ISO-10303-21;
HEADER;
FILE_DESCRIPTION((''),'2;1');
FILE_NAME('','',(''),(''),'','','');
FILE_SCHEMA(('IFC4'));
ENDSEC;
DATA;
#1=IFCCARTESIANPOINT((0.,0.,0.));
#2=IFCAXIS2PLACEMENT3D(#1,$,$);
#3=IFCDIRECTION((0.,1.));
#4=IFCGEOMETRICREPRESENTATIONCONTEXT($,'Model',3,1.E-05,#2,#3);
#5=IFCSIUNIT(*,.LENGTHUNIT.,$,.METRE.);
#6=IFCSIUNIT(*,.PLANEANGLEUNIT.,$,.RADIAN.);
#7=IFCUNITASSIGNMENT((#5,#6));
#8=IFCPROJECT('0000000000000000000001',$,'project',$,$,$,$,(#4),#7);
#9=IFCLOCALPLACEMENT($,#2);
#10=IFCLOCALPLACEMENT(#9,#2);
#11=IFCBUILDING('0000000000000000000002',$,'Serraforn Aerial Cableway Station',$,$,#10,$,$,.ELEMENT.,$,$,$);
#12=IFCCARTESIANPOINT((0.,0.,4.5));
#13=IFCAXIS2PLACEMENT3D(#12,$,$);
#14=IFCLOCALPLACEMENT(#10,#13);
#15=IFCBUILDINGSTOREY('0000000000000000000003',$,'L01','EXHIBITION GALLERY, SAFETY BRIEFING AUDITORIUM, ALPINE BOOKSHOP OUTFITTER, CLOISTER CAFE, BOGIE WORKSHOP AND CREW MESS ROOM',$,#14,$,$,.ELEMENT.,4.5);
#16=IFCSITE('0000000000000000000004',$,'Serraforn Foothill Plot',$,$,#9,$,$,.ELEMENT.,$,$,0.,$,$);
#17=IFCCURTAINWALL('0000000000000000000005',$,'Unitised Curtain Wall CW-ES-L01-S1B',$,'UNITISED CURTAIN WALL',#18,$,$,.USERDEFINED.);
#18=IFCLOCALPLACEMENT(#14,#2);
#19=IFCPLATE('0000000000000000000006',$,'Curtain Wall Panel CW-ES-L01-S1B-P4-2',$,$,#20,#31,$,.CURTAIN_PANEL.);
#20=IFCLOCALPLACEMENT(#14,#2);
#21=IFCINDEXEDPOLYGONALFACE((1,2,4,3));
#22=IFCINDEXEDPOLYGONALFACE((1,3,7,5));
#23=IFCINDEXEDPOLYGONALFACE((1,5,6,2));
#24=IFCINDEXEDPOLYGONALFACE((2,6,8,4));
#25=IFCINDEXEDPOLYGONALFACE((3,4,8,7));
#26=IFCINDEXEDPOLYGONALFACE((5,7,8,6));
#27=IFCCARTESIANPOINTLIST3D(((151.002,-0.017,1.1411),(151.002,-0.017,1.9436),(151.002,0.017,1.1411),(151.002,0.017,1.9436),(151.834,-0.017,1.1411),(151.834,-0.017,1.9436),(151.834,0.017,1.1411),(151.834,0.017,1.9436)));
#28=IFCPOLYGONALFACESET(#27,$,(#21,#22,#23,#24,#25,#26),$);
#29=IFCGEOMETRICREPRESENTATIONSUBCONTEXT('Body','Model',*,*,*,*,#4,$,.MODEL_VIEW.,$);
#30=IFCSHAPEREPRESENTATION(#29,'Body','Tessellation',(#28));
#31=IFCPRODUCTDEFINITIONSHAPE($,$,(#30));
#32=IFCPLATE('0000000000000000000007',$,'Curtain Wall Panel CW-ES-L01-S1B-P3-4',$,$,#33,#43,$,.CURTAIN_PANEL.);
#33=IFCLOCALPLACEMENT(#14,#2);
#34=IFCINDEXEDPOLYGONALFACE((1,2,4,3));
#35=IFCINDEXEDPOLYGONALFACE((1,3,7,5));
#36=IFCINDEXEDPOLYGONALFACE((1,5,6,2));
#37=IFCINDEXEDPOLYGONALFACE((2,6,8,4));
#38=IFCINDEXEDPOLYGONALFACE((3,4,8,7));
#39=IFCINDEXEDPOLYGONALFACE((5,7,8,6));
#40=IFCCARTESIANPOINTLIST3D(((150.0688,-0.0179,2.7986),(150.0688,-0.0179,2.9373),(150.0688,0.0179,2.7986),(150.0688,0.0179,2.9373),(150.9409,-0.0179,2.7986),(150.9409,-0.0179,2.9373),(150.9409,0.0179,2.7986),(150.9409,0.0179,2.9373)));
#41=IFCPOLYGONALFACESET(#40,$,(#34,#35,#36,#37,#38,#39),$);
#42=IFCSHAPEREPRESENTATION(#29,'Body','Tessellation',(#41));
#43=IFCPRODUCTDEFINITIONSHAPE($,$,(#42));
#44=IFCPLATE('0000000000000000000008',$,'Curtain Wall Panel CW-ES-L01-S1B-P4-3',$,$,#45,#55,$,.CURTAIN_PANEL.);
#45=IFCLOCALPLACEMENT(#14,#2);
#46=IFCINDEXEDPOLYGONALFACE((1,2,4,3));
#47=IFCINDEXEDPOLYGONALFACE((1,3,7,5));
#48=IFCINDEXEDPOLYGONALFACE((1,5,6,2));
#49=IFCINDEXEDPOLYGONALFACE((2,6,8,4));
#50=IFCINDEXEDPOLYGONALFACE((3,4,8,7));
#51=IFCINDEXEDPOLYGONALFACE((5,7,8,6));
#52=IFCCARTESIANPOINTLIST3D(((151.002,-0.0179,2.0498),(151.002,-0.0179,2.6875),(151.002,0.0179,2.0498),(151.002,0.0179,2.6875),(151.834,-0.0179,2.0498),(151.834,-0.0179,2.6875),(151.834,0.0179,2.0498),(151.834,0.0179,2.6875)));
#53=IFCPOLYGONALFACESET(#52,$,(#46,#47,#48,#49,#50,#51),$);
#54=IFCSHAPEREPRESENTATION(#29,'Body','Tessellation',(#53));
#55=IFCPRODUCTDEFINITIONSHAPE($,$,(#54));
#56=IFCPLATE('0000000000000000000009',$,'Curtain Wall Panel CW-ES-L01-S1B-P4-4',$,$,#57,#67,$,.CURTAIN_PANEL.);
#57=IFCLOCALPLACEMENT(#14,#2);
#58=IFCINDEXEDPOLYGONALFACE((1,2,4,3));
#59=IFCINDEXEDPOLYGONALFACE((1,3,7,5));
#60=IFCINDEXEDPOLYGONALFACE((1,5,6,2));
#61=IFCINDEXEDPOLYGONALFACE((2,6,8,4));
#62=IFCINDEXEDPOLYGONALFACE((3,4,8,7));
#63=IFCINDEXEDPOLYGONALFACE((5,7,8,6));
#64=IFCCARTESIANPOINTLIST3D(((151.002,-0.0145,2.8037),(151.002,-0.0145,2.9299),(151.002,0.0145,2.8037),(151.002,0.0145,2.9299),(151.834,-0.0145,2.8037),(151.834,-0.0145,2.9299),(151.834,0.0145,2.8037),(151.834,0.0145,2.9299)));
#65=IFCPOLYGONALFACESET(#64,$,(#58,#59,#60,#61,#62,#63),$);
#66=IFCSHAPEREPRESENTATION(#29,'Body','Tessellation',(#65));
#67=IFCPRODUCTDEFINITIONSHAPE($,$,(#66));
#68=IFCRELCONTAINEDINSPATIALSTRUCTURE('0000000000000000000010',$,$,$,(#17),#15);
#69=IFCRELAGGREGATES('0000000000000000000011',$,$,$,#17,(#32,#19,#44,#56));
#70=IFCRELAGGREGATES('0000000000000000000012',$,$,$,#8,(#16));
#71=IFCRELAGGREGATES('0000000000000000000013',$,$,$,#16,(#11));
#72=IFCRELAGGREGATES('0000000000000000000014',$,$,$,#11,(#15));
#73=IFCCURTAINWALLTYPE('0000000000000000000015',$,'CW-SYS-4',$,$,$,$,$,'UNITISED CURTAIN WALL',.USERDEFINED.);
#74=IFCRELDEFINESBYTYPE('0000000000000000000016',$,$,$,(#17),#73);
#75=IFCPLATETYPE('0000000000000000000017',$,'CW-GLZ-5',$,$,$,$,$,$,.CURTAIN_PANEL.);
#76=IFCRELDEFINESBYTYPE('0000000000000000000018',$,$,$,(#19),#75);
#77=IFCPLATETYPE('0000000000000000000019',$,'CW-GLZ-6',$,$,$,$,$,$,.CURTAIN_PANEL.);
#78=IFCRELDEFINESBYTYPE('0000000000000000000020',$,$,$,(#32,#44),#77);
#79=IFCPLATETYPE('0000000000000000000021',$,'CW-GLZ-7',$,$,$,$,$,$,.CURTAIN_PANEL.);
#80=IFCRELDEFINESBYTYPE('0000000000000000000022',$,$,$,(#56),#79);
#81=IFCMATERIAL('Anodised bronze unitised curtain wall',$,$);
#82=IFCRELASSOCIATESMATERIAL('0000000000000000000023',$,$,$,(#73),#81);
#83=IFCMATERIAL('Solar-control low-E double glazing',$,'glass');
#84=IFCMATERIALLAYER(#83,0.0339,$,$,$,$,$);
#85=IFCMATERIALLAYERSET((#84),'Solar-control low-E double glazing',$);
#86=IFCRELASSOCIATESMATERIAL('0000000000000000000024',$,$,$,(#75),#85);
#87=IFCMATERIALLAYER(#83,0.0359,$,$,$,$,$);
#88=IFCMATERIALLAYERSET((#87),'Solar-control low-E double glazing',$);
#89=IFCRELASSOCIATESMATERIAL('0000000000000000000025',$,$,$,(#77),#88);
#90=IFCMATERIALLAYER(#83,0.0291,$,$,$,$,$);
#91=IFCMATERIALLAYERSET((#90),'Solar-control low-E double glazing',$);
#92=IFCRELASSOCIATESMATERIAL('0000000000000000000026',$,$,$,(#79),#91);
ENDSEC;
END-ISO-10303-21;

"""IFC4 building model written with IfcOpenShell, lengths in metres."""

from ifc_helpers import new_model, si_unit, direction, frame, origin, origin_2d, place, context, subcontext, project, spatial, rectangle, extrude, material, layer, layer_set, type_object, element, aggregate, save


model = new_model("IFC4")

# Units and contexts
model_context = context("Model", 3, precision=1e-05, world=origin(), true_north=direction((0.0, 1.0)))
body_context = subcontext(model_context, "Body", "Model", "MODEL_VIEW")
ifc_project = project(units=[si_unit("LENGTHUNIT", "METRE"), si_unit("PLANEANGLEUNIT", "RADIAN")], contexts=[model_context])

# Site, building, storey
site_placement = place(None, origin())
site = spatial("IfcSite", under=ifc_project, at=site_placement, Name="Serraforn Foothill Plot", CompositionType="ELEMENT", RefElevation=0.0)
building_placement = place(site_placement, origin())
building = spatial("IfcBuilding", under=site, at=building_placement, Name="Serraforn Aerial Cableway Station", CompositionType="ELEMENT")
storey_placement = place(building_placement, frame((0.0, 0.0, 4.5)))
storey = spatial("IfcBuildingStorey", under=building, at=storey_placement, Name="L01", Description="EXHIBITION GALLERY, SAFETY BRIEFING AUDITORIUM, ALPINE BOOKSHOP OUTFITTER, CLOISTER CAFE, BOGIE WORKSHOP AND CREW MESS ROOM", CompositionType="ELEMENT", Elevation=4.5)

# Shared definitions
ifc_material_1 = material(Name="Anodised bronze unitised curtain wall")

# Curtain wall
curtain_wall_type_1 = type_object("IfcCurtainWallType", Name="CW-SYS-4", ElementType="UNITISED CURTAIN WALL", PredefinedType="USERDEFINED", material=ifc_material_1)
curtain_wall_1_placement = place(storey_placement, origin())
curtain_wall_1 = element("IfcCurtainWall", 1, at=curtain_wall_1_placement, inside=storey, type_object=curtain_wall_type_1, Name="Unitised Curtain Wall CW-ES-L01-S1B", ObjectType="UNITISED CURTAIN WALL", PredefinedType="USERDEFINED")

# Plates
ifc_material_2 = material(Name="Solar-control low-E double glazing", Category="glass")
ifc_layer_1 = layer(ifc_material_2, 0.0339)
ifc_layer_set_1 = layer_set([ifc_layer_1], Name="Solar-control low-E double glazing")
plate_type_1 = type_object("IfcPlateType", Name="CW-GLZ-5", PredefinedType="CURTAIN_PANEL", material=ifc_layer_set_1)
plate_1_placement = place(storey_placement, frame((151.418, 0.0, 1.1411), z_axis=(0.0, 0.0, 1.0), x_axis=(1.0, 0.0, 0.0)))
plate_1 = element("IfcPlate", 2, at=plate_1_placement, type_object=plate_type_1, Name="Curtain Wall Panel CW-ES-L01-S1B-P4-2", PredefinedType="CURTAIN_PANEL", context=body_context, shape_type="SweptSolid", body=[
    extrude(rectangle(XDim=0.832, YDim=0.0339, at=origin_2d()), origin(), (0.0, 0.0, 1.0), 0.8025),
])
ifc_layer_2 = layer(ifc_material_2, 0.0359)
ifc_layer_set_2 = layer_set([ifc_layer_2], Name="Solar-control low-E double glazing")
plate_type_2 = type_object("IfcPlateType", Name="CW-GLZ-6", PredefinedType="CURTAIN_PANEL", material=ifc_layer_set_2)
plate_2_placement = place(storey_placement, frame((150.5049, 0.0, 2.7986), z_axis=(0.0, 0.0, 1.0), x_axis=(1.0, 0.0, 0.0)))
plate_2 = element("IfcPlate", 3, at=plate_2_placement, type_object=plate_type_2, Name="Curtain Wall Panel CW-ES-L01-S1B-P3-4", PredefinedType="CURTAIN_PANEL", context=body_context, shape_type="SweptSolid", body=[
    extrude(rectangle(XDim=0.8721, YDim=0.0359, at=origin_2d()), origin(), (0.0, 0.0, 1.0), 0.1387),
])
plate_3_placement = place(storey_placement, frame((151.418, 0.0, 2.0498), z_axis=(0.0, 0.0, 1.0), x_axis=(1.0, 0.0, 0.0)))
plate_3 = element("IfcPlate", 4, at=plate_3_placement, type_object=plate_type_2, Name="Curtain Wall Panel CW-ES-L01-S1B-P4-3", PredefinedType="CURTAIN_PANEL", context=body_context, shape_type="SweptSolid", body=[
    extrude(rectangle(XDim=0.832, YDim=0.0359, at=origin_2d()), origin(), (0.0, 0.0, 1.0), 0.6377),
])
ifc_layer_3 = layer(ifc_material_2, 0.0291)
ifc_layer_set_3 = layer_set([ifc_layer_3], Name="Solar-control low-E double glazing")
plate_type_3 = type_object("IfcPlateType", Name="CW-GLZ-7", PredefinedType="CURTAIN_PANEL", material=ifc_layer_set_3)
plate_4_placement = place(storey_placement, frame((151.418, 0.0, 2.8037), z_axis=(0.0, 0.0, 1.0), x_axis=(1.0, 0.0, 0.0)))
plate_4 = element("IfcPlate", 5, at=plate_4_placement, type_object=plate_type_3, Name="Curtain Wall Panel CW-ES-L01-S1B-P4-4", PredefinedType="CURTAIN_PANEL", context=body_context, shape_type="SweptSolid", body=[
    extrude(rectangle(XDim=0.832, YDim=0.0291, at=origin_2d()), origin(), (0.0, 0.0, 1.0), 0.1262),
])
aggregate(curtain_wall_1, [plate_2, plate_1, plate_3, plate_4])

save(model, "model.ifc")
